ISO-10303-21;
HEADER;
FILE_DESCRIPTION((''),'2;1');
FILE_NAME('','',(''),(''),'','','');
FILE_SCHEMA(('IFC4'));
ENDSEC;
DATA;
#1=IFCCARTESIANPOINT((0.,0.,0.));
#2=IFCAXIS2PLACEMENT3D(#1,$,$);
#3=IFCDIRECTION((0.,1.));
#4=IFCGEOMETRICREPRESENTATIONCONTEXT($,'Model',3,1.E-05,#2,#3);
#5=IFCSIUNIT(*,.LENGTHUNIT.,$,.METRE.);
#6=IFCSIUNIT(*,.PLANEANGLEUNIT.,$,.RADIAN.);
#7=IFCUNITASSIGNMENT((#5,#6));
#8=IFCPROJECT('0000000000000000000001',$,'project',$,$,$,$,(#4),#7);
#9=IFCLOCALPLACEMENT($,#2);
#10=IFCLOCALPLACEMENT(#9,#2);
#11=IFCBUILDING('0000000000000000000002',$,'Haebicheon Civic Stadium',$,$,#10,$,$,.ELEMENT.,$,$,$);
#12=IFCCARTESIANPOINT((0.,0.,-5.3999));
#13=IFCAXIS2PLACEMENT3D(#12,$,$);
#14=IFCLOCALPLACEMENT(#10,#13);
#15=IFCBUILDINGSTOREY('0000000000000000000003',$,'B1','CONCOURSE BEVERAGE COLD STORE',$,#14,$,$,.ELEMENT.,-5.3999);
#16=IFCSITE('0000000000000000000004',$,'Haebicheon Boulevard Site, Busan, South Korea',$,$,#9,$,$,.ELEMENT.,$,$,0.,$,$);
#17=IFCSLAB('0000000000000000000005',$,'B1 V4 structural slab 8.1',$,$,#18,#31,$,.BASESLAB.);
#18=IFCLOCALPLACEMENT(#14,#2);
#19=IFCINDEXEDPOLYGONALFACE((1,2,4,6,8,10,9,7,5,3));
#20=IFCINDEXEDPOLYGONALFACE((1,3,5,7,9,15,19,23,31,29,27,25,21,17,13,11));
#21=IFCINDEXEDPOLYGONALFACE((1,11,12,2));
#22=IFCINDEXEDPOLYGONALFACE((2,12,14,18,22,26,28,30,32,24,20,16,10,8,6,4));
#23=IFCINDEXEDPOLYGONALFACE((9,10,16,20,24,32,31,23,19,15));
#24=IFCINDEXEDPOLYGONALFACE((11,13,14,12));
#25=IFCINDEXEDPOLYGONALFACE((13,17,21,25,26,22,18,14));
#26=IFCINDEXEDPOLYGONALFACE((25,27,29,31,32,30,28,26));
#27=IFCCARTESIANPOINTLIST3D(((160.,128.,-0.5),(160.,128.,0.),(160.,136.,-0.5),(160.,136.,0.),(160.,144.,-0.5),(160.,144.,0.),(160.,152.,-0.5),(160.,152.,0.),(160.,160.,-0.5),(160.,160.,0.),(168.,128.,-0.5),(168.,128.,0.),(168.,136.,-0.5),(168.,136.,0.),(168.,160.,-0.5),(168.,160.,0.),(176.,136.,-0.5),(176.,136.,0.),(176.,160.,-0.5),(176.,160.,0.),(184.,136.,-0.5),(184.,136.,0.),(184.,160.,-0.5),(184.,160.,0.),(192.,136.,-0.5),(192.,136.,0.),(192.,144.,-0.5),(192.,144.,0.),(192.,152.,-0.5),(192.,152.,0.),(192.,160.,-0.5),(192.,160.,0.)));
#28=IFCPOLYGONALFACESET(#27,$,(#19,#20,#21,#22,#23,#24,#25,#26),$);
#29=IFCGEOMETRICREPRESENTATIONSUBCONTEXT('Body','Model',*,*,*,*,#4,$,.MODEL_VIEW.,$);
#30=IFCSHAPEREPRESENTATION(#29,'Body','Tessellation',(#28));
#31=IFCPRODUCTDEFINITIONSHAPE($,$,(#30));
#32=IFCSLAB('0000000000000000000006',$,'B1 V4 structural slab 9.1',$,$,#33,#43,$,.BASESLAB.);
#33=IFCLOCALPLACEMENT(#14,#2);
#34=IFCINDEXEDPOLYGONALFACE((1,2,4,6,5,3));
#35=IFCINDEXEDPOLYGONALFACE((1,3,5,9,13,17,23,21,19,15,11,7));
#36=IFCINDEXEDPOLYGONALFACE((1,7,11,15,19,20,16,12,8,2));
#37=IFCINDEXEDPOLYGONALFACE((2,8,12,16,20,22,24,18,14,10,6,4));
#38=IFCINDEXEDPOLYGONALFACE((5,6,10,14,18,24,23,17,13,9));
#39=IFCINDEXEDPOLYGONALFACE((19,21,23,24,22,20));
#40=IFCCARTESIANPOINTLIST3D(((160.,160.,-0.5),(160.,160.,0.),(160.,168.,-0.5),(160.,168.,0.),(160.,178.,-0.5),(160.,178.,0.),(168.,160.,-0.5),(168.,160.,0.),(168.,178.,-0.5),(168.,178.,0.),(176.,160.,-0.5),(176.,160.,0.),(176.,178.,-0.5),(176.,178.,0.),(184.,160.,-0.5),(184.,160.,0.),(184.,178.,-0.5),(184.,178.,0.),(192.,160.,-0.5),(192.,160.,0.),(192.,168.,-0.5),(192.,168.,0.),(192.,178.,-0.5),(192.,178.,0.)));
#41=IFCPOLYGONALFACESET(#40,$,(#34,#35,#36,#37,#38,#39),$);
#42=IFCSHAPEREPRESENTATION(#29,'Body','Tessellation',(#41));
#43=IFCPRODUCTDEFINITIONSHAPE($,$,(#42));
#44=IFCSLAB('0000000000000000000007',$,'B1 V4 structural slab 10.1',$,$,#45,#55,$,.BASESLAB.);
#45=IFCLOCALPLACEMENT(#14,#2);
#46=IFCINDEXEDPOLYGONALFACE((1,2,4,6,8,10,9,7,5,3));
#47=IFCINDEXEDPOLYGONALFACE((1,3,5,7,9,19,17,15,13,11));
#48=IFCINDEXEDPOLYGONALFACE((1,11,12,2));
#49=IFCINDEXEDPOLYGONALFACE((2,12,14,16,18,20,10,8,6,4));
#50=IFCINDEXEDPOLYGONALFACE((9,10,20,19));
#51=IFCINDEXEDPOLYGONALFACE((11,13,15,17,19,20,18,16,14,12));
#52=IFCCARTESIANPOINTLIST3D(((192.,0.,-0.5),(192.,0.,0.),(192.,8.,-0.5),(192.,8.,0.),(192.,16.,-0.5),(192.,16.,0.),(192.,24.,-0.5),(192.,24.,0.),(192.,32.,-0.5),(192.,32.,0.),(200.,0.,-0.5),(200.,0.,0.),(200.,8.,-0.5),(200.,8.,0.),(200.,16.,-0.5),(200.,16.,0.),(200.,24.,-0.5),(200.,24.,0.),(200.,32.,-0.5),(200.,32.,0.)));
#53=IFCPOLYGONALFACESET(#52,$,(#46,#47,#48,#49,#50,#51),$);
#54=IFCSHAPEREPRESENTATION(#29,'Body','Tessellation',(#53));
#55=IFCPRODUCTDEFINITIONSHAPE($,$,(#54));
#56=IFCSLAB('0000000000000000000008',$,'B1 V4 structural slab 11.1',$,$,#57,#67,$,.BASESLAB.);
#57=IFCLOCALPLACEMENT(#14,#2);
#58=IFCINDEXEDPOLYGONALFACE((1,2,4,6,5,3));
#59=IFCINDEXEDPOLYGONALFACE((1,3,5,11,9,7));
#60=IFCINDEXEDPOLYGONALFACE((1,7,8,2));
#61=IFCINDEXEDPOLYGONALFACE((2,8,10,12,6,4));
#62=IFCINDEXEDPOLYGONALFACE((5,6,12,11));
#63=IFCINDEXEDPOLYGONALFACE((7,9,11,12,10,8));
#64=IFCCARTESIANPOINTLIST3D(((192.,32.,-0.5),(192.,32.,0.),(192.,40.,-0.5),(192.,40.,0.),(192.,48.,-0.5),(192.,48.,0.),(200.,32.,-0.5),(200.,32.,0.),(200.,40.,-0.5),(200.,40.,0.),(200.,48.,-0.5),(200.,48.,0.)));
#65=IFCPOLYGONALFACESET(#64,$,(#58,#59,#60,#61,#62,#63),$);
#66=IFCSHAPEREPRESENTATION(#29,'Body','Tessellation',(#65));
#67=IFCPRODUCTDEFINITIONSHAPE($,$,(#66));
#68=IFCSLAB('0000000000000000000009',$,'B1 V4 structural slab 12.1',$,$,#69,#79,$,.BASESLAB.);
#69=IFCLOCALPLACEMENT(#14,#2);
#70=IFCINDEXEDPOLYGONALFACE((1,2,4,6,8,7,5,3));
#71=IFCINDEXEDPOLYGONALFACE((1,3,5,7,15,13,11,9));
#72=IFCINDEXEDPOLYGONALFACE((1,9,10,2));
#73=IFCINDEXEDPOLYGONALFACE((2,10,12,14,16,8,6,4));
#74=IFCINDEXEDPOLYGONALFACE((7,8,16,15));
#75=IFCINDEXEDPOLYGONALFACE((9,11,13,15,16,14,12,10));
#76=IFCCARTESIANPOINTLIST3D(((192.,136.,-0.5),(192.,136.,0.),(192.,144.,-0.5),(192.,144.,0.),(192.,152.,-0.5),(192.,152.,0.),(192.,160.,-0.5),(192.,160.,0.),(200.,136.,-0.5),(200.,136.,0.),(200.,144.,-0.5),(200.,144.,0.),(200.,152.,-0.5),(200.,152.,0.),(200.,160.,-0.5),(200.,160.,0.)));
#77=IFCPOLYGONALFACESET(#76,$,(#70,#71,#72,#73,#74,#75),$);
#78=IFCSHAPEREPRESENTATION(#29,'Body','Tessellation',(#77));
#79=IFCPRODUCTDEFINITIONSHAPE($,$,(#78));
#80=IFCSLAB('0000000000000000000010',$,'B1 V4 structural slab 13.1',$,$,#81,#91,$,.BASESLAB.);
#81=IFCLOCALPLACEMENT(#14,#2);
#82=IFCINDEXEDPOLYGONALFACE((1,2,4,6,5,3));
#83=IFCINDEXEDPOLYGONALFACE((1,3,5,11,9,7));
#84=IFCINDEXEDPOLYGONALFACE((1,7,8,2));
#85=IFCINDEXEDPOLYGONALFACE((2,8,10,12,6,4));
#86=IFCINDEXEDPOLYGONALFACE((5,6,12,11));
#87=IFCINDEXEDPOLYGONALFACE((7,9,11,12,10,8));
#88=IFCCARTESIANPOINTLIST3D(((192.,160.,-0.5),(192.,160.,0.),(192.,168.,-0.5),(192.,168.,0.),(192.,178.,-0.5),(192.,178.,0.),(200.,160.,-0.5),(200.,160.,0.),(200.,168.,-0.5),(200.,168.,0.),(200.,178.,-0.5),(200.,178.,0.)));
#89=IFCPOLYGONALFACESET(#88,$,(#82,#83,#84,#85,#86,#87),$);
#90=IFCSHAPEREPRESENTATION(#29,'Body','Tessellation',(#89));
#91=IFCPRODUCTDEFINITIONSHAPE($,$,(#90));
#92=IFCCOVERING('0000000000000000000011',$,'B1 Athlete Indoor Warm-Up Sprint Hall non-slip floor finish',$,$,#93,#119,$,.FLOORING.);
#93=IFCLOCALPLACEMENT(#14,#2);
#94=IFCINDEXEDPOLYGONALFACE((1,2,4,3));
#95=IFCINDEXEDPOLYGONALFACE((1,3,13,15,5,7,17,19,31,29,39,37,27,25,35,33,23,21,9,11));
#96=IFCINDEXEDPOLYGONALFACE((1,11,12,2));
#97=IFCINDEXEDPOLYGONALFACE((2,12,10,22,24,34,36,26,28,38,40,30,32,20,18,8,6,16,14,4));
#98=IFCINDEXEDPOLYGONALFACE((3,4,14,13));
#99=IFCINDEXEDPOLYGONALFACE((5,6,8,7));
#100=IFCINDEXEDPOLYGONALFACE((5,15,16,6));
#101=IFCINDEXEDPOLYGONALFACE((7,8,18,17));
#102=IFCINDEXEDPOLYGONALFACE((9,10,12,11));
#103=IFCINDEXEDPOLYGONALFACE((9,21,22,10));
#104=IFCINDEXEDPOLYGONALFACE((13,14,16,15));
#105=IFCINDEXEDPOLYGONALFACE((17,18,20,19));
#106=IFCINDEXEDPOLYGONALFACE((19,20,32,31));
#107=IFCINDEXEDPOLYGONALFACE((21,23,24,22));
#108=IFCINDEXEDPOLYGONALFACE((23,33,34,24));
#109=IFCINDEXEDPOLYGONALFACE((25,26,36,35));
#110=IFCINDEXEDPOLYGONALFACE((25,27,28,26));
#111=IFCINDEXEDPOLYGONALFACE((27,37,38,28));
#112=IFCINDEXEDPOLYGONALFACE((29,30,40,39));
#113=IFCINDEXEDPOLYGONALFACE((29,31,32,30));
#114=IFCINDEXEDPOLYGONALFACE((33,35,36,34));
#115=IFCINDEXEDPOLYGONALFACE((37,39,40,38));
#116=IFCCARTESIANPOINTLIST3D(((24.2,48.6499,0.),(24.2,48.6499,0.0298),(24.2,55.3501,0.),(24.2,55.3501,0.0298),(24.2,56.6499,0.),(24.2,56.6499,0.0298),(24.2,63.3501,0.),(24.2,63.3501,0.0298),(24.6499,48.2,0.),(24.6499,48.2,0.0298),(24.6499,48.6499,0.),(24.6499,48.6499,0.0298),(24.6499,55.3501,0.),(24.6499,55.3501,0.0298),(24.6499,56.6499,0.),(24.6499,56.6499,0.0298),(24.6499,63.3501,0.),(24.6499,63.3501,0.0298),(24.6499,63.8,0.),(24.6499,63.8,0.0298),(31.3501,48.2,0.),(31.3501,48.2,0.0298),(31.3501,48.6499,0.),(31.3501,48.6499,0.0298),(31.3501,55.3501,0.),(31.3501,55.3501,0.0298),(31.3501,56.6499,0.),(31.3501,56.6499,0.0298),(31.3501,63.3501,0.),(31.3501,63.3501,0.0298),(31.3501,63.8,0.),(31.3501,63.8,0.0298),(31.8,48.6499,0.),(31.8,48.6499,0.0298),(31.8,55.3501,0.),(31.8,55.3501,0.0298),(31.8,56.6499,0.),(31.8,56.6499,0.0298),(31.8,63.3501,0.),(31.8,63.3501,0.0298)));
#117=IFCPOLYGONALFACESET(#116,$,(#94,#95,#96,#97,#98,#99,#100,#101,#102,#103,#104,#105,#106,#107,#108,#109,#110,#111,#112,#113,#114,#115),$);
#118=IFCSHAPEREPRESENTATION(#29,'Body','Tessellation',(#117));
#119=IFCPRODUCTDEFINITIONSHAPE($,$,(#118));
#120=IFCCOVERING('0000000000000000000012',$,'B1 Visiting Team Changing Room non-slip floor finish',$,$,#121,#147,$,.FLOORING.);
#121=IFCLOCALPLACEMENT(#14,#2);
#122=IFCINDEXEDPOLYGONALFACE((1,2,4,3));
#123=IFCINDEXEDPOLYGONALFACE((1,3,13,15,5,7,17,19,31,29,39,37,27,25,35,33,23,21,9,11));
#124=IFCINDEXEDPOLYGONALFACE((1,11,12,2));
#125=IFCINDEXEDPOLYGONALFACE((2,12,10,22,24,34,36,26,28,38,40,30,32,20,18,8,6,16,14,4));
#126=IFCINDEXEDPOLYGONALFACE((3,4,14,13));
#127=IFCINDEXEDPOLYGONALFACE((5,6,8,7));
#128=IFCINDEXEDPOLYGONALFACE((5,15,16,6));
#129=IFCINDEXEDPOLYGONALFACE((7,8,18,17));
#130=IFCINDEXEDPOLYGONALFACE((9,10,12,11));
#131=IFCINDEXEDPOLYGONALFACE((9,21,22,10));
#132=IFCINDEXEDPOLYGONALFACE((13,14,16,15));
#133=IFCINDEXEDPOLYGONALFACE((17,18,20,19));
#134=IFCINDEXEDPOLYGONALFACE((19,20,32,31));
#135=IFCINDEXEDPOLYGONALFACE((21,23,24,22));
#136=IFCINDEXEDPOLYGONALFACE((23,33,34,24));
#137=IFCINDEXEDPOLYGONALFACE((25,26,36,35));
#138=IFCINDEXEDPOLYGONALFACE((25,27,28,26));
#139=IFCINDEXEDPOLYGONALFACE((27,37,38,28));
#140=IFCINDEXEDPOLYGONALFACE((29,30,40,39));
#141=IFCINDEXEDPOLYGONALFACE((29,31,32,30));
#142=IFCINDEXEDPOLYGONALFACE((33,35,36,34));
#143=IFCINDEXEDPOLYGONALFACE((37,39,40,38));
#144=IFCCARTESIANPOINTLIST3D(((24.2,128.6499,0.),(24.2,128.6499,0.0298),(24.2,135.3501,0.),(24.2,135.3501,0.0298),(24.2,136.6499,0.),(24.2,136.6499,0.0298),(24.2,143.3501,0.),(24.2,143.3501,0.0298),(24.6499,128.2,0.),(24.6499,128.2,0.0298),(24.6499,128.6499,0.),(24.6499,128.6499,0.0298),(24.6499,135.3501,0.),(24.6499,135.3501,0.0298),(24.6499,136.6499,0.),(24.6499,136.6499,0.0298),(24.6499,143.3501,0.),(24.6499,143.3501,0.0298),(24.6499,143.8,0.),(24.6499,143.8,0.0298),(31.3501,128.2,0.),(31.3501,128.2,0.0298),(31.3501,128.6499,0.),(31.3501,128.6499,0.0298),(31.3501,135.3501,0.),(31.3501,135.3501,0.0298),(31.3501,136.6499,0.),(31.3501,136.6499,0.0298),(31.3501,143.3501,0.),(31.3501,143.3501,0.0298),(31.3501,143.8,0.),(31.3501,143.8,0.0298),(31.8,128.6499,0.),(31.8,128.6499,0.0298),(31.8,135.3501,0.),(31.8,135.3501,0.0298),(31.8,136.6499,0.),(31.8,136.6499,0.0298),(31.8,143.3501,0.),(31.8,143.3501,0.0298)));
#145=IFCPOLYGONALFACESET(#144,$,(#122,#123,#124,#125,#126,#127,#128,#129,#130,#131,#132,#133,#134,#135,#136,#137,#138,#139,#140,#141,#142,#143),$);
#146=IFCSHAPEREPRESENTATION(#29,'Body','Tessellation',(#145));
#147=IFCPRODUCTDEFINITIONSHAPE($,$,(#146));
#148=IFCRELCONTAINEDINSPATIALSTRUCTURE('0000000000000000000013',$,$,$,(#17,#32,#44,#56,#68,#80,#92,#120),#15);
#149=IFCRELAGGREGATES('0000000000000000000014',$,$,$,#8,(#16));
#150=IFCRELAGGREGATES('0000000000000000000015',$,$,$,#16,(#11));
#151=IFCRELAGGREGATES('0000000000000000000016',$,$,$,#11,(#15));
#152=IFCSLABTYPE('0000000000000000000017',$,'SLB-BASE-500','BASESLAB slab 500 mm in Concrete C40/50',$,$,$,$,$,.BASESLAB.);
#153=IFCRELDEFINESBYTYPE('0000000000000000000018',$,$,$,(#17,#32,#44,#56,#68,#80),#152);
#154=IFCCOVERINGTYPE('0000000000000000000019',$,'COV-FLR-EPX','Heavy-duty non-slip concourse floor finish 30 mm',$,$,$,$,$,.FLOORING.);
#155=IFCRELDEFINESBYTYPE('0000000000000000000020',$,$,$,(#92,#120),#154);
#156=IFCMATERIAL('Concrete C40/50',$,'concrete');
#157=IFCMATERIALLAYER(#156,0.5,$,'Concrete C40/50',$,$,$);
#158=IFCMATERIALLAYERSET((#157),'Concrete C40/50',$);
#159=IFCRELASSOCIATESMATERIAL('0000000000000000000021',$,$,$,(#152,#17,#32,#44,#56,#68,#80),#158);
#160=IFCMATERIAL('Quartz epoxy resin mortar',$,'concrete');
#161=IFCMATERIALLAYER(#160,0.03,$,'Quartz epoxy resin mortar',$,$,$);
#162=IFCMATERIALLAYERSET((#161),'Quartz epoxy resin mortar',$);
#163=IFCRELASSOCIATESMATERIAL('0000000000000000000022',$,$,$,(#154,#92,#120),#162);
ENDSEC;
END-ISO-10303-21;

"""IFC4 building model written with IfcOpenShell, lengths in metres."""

from ifc_helpers import new_model, si_unit, direction, frame, origin, place, context, subcontext, project, spatial, polyline, outline, extrude, material, layer, layer_set, type_object, element, save


model = new_model("IFC4")

# Units and contexts
model_context = context("Model", 3, precision=1e-05, world=origin(), true_north=direction((0.0, 1.0)))
body_context = subcontext(model_context, "Body", "Model", "MODEL_VIEW")
ifc_project = project(units=[si_unit("LENGTHUNIT", "METRE"), si_unit("PLANEANGLEUNIT", "RADIAN")], contexts=[model_context])

# Site, building, storey
site_placement = place(None, origin())
site = spatial("IfcSite", under=ifc_project, at=site_placement, Name="Haebicheon Boulevard Site, Busan, South Korea", CompositionType="ELEMENT", RefElevation=0.0)
building_placement = place(site_placement, origin())
building = spatial("IfcBuilding", under=site, at=building_placement, Name="Haebicheon Civic Stadium", CompositionType="ELEMENT")
storey_placement = place(building_placement, frame((0.0, 0.0, -5.3999)))
storey = spatial("IfcBuildingStorey", under=building, at=storey_placement, Name="B1", Description="CONCOURSE BEVERAGE COLD STORE", CompositionType="ELEMENT", Elevation=-5.3999)

# Slabs
ifc_material_1 = material(Name="Concrete C40/50", Category="concrete")
ifc_layer_1 = layer(ifc_material_1, 0.5, Name="Concrete C40/50")
ifc_layer_set_1 = layer_set([ifc_layer_1], Name="Concrete C40/50")
slab_type_1 = type_object("IfcSlabType", Name="SLB-BASE-500", Description="BASESLAB slab 500 mm in Concrete C40/50", PredefinedType="BASESLAB", material=ifc_layer_set_1)
slab_1_placement = place(storey_placement, frame((0.0, 0.0, -0.5)))
element("IfcSlab", 1, at=slab_1_placement, inside=storey, type_object=slab_type_1, material=ifc_layer_set_1, Name="B1 V4 structural slab 8.1", PredefinedType="BASESLAB", context=body_context, shape_type="SweptSolid", body=[
    extrude(outline(polyline([(160.0, 136.0), (160.0, 144.0), (160.0, 152.0), (160.0, 160.0), (168.0, 160.0), (176.0, 160.0), (184.0, 160.0), (192.0, 160.0), (192.0, 152.0), (192.0, 144.0), (192.0, 136.0), (184.0, 136.0), (176.0, 136.0), (168.0, 136.0), (168.0, 128.0), (160.0, 128.0), (160.0, 136.0)])), origin(), (0.0, 0.0, 1.0), 0.5),
])
slab_2_placement = place(storey_placement, frame((0.0, 0.0, -0.5)))
element("IfcSlab", 2, at=slab_2_placement, inside=storey, type_object=slab_type_1, material=ifc_layer_set_1, Name="B1 V4 structural slab 9.1", PredefinedType="BASESLAB", context=body_context, shape_type="SweptSolid", body=[
    extrude(outline(polyline([(192.0, 160.0), (184.0, 160.0), (176.0, 160.0), (168.0, 160.0), (160.0, 160.0), (160.0, 168.0), (160.0, 178.0), (168.0, 178.0), (176.0, 178.0), (184.0, 178.0), (192.0, 178.0), (192.0, 168.0), (192.0, 160.0)])), origin(), (0.0, 0.0, 1.0), 0.5),
])
slab_3_placement = place(storey_placement, frame((0.0, 0.0, -0.5)))
element("IfcSlab", 3, at=slab_3_placement, inside=storey, type_object=slab_type_1, material=ifc_layer_set_1, Name="B1 V4 structural slab 10.1", PredefinedType="BASESLAB", context=body_context, shape_type="SweptSolid", body=[
    extrude(outline(polyline([(192.0, 0.0), (192.0, 8.0), (192.0, 16.0), (192.0, 24.0), (192.0, 32.0), (200.0, 32.0), (200.0, 24.0), (200.0, 16.0), (200.0, 8.0), (200.0, 0.0), (192.0, 0.0)])), origin(), (0.0, 0.0, 1.0), 0.5),
])
slab_4_placement = place(storey_placement, frame((0.0, 0.0, -0.5)))
element("IfcSlab", 4, at=slab_4_placement, inside=storey, type_object=slab_type_1, material=ifc_layer_set_1, Name="B1 V4 structural slab 11.1", PredefinedType="BASESLAB", context=body_context, shape_type="SweptSolid", body=[
    extrude(outline(polyline([(200.0, 32.0), (192.0, 32.0), (192.0, 40.0), (192.0, 48.0), (200.0, 48.0), (200.0, 40.0), (200.0, 32.0)])), origin(), (0.0, 0.0, 1.0), 0.5),
])
slab_5_placement = place(storey_placement, frame((0.0, 0.0, -0.5)))
element("IfcSlab", 5, at=slab_5_placement, inside=storey, type_object=slab_type_1, material=ifc_layer_set_1, Name="B1 V4 structural slab 12.1", PredefinedType="BASESLAB", context=body_context, shape_type="SweptSolid", body=[
    extrude(outline(polyline([(200.0, 136.0), (192.0, 136.0), (192.0, 144.0), (192.0, 152.0), (192.0, 160.0), (200.0, 160.0), (200.0, 152.0), (200.0, 144.0), (200.0, 136.0)])), origin(), (0.0, 0.0, 1.0), 0.5),
])
slab_6_placement = place(storey_placement, frame((0.0, 0.0, -0.5)))
element("IfcSlab", 6, at=slab_6_placement, inside=storey, type_object=slab_type_1, material=ifc_layer_set_1, Name="B1 V4 structural slab 13.1", PredefinedType="BASESLAB", context=body_context, shape_type="SweptSolid", body=[
    extrude(outline(polyline([(200.0, 160.0), (192.0, 160.0), (192.0, 168.0), (192.0, 178.0), (200.0, 178.0), (200.0, 168.0), (200.0, 160.0)])), origin(), (0.0, 0.0, 1.0), 0.5),
])

# Coverings
ifc_material_2 = material(Name="Quartz epoxy resin mortar", Category="concrete")
ifc_layer_2 = layer(ifc_material_2, 0.03, Name="Quartz epoxy resin mortar")
ifc_layer_set_2 = layer_set([ifc_layer_2], Name="Quartz epoxy resin mortar")
covering_type = type_object("IfcCoveringType", Name="COV-FLR-EPX", Description="Heavy-duty non-slip concourse floor finish 30 mm", PredefinedType="FLOORING", material=ifc_layer_set_2)
covering_1_placement = place(storey_placement, origin())
element("IfcCovering", 7, at=covering_1_placement, inside=storey, type_object=covering_type, material=ifc_layer_set_2, Name="B1 Athlete Indoor Warm-Up Sprint Hall non-slip floor finish", PredefinedType="FLOORING", context=body_context, shape_type="SweptSolid", body=[
    extrude(outline(polyline([(24.6499, 48.2), (24.6499, 48.6499), (24.2, 48.6499), (24.2, 55.3501), (24.6499, 55.3501), (24.6499, 56.6499), (24.2, 56.6499), (24.2, 63.3501), (24.6499, 63.3501), (24.6499, 63.8), (31.3501, 63.8), (31.3501, 63.3501), (31.8, 63.3501), (31.8, 56.6499), (31.3501, 56.6499), (31.3501, 55.3501), (31.8, 55.3501), (31.8, 48.6499), (31.3501, 48.6499), (31.3501, 48.2), (24.6499, 48.2)])), origin(), (0.0, 0.0, 1.0), 0.0298),
])
covering_2_placement = place(storey_placement, origin())
element("IfcCovering", 8, at=covering_2_placement, inside=storey, type_object=covering_type, material=ifc_layer_set_2, Name="B1 Visiting Team Changing Room non-slip floor finish", PredefinedType="FLOORING", context=body_context, shape_type="SweptSolid", body=[
    extrude(outline(polyline([(24.6499, 128.2), (24.6499, 128.6499), (24.2, 128.6499), (24.2, 135.3501), (24.6499, 135.3501), (24.6499, 136.6499), (24.2, 136.6499), (24.2, 143.3501), (24.6499, 143.3501), (24.6499, 143.8), (31.3501, 143.8), (31.3501, 143.3501), (31.8, 143.3501), (31.8, 136.6499), (31.3501, 136.6499), (31.3501, 135.3501), (31.8, 135.3501), (31.8, 128.6499), (31.3501, 128.6499), (31.3501, 128.2), (24.6499, 128.2)])), origin(), (0.0, 0.0, 1.0), 0.0298),
])

save(model, "model.ifc")
